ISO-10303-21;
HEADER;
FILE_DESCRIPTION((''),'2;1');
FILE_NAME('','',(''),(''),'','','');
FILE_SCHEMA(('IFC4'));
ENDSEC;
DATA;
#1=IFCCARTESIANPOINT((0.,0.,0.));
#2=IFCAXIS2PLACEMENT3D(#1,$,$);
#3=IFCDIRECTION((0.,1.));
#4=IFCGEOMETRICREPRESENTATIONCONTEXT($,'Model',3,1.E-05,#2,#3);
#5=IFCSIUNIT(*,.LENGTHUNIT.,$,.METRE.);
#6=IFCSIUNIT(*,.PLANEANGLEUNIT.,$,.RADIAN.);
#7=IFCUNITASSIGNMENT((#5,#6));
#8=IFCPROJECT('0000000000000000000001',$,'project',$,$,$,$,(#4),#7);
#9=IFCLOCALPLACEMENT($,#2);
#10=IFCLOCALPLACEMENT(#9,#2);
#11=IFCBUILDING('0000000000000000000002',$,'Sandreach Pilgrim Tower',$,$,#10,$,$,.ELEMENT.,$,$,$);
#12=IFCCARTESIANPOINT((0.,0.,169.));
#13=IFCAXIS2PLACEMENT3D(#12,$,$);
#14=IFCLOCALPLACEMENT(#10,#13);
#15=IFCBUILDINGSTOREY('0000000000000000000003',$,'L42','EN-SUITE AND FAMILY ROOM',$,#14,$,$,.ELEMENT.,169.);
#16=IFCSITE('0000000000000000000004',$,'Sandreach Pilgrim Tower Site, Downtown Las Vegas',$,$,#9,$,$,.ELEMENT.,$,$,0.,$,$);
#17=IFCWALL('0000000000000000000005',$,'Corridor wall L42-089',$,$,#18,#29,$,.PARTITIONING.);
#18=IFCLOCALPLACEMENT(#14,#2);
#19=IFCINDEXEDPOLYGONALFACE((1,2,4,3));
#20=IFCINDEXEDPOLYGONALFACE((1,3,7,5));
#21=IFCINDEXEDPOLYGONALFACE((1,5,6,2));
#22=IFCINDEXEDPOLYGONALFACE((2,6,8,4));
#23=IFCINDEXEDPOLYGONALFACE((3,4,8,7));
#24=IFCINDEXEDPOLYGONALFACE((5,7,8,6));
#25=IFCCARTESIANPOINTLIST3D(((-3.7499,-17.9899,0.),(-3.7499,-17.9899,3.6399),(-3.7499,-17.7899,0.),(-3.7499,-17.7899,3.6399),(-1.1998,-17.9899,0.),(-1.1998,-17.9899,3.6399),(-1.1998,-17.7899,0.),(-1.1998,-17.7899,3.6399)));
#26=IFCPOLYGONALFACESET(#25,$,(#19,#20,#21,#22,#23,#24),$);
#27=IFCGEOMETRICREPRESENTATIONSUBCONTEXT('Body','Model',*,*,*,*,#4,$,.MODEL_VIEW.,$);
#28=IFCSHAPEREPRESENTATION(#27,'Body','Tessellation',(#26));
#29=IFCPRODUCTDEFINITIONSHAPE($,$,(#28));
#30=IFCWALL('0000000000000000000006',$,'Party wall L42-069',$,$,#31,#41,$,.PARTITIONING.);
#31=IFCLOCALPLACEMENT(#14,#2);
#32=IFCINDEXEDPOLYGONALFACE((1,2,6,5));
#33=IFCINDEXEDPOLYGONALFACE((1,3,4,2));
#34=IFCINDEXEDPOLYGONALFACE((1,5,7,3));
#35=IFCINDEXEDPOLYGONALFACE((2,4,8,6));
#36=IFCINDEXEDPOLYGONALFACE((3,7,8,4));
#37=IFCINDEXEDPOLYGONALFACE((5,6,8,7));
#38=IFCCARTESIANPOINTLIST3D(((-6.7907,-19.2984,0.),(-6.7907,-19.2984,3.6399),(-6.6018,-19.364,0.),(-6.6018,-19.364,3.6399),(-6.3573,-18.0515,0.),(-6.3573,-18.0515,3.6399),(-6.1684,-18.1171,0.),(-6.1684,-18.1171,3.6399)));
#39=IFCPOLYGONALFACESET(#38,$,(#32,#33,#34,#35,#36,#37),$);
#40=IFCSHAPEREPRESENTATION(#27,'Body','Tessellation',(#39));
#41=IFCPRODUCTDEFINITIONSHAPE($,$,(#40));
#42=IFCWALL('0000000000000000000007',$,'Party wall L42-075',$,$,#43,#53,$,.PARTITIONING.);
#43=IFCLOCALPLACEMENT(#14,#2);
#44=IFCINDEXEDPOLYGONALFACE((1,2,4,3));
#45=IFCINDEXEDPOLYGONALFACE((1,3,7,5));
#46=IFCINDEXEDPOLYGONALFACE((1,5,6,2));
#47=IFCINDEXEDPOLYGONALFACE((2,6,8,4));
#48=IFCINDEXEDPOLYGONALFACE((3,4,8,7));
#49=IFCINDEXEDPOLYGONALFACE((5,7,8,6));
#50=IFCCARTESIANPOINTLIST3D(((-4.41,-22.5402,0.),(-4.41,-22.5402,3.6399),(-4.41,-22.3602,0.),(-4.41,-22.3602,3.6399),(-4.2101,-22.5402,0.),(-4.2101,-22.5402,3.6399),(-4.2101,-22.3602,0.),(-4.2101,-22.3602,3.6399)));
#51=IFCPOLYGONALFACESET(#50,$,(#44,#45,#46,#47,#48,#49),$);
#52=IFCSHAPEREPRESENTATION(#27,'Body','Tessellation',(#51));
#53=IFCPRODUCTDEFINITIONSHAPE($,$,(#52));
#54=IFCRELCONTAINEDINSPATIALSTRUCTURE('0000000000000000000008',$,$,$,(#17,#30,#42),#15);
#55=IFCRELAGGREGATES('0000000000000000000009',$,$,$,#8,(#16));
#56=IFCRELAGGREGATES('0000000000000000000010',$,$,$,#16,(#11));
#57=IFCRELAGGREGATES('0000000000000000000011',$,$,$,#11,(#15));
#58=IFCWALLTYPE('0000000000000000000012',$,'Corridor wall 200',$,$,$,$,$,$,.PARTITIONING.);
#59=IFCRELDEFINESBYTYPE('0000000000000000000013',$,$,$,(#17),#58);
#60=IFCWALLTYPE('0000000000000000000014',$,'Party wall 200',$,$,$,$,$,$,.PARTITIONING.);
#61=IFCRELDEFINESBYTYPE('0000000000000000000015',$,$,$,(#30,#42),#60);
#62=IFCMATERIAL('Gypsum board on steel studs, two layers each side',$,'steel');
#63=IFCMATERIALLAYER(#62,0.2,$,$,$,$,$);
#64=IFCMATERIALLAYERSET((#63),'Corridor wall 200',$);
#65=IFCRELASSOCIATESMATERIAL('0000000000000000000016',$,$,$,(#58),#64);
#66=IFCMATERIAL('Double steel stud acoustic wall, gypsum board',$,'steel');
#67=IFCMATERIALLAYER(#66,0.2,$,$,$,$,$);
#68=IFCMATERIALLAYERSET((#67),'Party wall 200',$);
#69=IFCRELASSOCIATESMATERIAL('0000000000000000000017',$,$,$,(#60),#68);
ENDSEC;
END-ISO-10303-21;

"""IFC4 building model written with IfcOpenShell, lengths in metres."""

from ifc_helpers import new_model, si_unit, direction, frame, frame_2d, origin, place, context, subcontext, project, spatial, rectangle, extrude, material, layer, layer_set, type_object, element, save


model = new_model("IFC4")

# Units and contexts
model_context = context("Model", 3, precision=1e-05, world=origin(), true_north=direction((0.0, 1.0)))
body_context = subcontext(model_context, "Body", "Model", "MODEL_VIEW")
ifc_project = project(units=[si_unit("LENGTHUNIT", "METRE"), si_unit("PLANEANGLEUNIT", "RADIAN")], contexts=[model_context])

# Site, building, storey
site_placement = place(None, origin())
site = spatial("IfcSite", under=ifc_project, at=site_placement, Name="Sandreach Pilgrim Tower Site, Downtown Las Vegas", CompositionType="ELEMENT", RefElevation=0.0)
building_placement = place(site_placement, origin())
building = spatial("IfcBuilding", under=site, at=building_placement, Name="Sandreach Pilgrim Tower", CompositionType="ELEMENT")
storey_placement = place(building_placement, frame((0.0, 0.0, 169.0)))
storey = spatial("IfcBuildingStorey", under=building, at=storey_placement, Name="L42", Description="EN-SUITE AND FAMILY ROOM", CompositionType="ELEMENT", Elevation=169.0)

# Shared definitions
ifc_material_1 = material(Name="Gypsum board on steel studs, two layers each side", Category="steel")
ifc_layer_1 = layer(ifc_material_1, 0.2)
ifc_layer_set_1 = layer_set([ifc_layer_1], Name="Corridor wall 200")
wall_type_1 = type_object("IfcWallType", Name="Corridor wall 200", PredefinedType="PARTITIONING", material=ifc_layer_set_1)

# Walls
wall_1_placement = place(storey_placement, frame((-1.2, -17.8899, 0.0), z_axis=(0.0, 0.0, 1.0), x_axis=(-1.0, 0.0, 0.0)))
element("IfcWall", 1, at=wall_1_placement, inside=storey, type_object=wall_type_1, Name="Corridor wall L42-089", PredefinedType="PARTITIONING", context=body_context, shape_type="SweptSolid", body=[
    extrude(rectangle(XDim=2.55, YDim=0.2, at=frame_2d((1.2749, 0.0))), origin(), (0.0, 0.0, 1.0), 3.6399),
])
ifc_material_2 = material(Name="Double steel stud acoustic wall, gypsum board", Category="steel")
ifc_layer_2 = layer(ifc_material_2, 0.2)
ifc_layer_set_2 = layer_set([ifc_layer_2], Name="Party wall 200")
wall_type_2 = type_object("IfcWallType", Name="Party wall 200", PredefinedType="PARTITIONING", material=ifc_layer_set_2)
wall_2_placement = place(storey_placement, frame((-6.6963, -19.3313, 0.0), z_axis=(0.0, 0.0, 1.0), x_axis=(0.328298, 0.944574, 0.0)))
element("IfcWall", 2, at=wall_2_placement, inside=storey, type_object=wall_type_2, Name="Party wall L42-069", PredefinedType="PARTITIONING", context=body_context, shape_type="SweptSolid", body=[
    extrude(rectangle(XDim=1.3201, YDim=0.2, at=frame_2d((0.6602, 0.0))), origin(), (0.0, 0.0, 1.0), 3.6399),
])
wall_3_placement = place(storey_placement, frame((-4.3101, -22.54, 0.0), z_axis=(0.0, 0.0, 1.0), x_axis=(0.0, 1.0, 0.0)))
element("IfcWall", 3, at=wall_3_placement, inside=storey, type_object=wall_type_2, Name="Party wall L42-075", PredefinedType="PARTITIONING", context=body_context, shape_type="SweptSolid", body=[
    extrude(rectangle(XDim=0.1799, YDim=0.2, at=frame_2d((0.0898, 0.0))), origin(), (0.0, 0.0, 1.0), 3.6399),
])

save(model, "model.ifc")
